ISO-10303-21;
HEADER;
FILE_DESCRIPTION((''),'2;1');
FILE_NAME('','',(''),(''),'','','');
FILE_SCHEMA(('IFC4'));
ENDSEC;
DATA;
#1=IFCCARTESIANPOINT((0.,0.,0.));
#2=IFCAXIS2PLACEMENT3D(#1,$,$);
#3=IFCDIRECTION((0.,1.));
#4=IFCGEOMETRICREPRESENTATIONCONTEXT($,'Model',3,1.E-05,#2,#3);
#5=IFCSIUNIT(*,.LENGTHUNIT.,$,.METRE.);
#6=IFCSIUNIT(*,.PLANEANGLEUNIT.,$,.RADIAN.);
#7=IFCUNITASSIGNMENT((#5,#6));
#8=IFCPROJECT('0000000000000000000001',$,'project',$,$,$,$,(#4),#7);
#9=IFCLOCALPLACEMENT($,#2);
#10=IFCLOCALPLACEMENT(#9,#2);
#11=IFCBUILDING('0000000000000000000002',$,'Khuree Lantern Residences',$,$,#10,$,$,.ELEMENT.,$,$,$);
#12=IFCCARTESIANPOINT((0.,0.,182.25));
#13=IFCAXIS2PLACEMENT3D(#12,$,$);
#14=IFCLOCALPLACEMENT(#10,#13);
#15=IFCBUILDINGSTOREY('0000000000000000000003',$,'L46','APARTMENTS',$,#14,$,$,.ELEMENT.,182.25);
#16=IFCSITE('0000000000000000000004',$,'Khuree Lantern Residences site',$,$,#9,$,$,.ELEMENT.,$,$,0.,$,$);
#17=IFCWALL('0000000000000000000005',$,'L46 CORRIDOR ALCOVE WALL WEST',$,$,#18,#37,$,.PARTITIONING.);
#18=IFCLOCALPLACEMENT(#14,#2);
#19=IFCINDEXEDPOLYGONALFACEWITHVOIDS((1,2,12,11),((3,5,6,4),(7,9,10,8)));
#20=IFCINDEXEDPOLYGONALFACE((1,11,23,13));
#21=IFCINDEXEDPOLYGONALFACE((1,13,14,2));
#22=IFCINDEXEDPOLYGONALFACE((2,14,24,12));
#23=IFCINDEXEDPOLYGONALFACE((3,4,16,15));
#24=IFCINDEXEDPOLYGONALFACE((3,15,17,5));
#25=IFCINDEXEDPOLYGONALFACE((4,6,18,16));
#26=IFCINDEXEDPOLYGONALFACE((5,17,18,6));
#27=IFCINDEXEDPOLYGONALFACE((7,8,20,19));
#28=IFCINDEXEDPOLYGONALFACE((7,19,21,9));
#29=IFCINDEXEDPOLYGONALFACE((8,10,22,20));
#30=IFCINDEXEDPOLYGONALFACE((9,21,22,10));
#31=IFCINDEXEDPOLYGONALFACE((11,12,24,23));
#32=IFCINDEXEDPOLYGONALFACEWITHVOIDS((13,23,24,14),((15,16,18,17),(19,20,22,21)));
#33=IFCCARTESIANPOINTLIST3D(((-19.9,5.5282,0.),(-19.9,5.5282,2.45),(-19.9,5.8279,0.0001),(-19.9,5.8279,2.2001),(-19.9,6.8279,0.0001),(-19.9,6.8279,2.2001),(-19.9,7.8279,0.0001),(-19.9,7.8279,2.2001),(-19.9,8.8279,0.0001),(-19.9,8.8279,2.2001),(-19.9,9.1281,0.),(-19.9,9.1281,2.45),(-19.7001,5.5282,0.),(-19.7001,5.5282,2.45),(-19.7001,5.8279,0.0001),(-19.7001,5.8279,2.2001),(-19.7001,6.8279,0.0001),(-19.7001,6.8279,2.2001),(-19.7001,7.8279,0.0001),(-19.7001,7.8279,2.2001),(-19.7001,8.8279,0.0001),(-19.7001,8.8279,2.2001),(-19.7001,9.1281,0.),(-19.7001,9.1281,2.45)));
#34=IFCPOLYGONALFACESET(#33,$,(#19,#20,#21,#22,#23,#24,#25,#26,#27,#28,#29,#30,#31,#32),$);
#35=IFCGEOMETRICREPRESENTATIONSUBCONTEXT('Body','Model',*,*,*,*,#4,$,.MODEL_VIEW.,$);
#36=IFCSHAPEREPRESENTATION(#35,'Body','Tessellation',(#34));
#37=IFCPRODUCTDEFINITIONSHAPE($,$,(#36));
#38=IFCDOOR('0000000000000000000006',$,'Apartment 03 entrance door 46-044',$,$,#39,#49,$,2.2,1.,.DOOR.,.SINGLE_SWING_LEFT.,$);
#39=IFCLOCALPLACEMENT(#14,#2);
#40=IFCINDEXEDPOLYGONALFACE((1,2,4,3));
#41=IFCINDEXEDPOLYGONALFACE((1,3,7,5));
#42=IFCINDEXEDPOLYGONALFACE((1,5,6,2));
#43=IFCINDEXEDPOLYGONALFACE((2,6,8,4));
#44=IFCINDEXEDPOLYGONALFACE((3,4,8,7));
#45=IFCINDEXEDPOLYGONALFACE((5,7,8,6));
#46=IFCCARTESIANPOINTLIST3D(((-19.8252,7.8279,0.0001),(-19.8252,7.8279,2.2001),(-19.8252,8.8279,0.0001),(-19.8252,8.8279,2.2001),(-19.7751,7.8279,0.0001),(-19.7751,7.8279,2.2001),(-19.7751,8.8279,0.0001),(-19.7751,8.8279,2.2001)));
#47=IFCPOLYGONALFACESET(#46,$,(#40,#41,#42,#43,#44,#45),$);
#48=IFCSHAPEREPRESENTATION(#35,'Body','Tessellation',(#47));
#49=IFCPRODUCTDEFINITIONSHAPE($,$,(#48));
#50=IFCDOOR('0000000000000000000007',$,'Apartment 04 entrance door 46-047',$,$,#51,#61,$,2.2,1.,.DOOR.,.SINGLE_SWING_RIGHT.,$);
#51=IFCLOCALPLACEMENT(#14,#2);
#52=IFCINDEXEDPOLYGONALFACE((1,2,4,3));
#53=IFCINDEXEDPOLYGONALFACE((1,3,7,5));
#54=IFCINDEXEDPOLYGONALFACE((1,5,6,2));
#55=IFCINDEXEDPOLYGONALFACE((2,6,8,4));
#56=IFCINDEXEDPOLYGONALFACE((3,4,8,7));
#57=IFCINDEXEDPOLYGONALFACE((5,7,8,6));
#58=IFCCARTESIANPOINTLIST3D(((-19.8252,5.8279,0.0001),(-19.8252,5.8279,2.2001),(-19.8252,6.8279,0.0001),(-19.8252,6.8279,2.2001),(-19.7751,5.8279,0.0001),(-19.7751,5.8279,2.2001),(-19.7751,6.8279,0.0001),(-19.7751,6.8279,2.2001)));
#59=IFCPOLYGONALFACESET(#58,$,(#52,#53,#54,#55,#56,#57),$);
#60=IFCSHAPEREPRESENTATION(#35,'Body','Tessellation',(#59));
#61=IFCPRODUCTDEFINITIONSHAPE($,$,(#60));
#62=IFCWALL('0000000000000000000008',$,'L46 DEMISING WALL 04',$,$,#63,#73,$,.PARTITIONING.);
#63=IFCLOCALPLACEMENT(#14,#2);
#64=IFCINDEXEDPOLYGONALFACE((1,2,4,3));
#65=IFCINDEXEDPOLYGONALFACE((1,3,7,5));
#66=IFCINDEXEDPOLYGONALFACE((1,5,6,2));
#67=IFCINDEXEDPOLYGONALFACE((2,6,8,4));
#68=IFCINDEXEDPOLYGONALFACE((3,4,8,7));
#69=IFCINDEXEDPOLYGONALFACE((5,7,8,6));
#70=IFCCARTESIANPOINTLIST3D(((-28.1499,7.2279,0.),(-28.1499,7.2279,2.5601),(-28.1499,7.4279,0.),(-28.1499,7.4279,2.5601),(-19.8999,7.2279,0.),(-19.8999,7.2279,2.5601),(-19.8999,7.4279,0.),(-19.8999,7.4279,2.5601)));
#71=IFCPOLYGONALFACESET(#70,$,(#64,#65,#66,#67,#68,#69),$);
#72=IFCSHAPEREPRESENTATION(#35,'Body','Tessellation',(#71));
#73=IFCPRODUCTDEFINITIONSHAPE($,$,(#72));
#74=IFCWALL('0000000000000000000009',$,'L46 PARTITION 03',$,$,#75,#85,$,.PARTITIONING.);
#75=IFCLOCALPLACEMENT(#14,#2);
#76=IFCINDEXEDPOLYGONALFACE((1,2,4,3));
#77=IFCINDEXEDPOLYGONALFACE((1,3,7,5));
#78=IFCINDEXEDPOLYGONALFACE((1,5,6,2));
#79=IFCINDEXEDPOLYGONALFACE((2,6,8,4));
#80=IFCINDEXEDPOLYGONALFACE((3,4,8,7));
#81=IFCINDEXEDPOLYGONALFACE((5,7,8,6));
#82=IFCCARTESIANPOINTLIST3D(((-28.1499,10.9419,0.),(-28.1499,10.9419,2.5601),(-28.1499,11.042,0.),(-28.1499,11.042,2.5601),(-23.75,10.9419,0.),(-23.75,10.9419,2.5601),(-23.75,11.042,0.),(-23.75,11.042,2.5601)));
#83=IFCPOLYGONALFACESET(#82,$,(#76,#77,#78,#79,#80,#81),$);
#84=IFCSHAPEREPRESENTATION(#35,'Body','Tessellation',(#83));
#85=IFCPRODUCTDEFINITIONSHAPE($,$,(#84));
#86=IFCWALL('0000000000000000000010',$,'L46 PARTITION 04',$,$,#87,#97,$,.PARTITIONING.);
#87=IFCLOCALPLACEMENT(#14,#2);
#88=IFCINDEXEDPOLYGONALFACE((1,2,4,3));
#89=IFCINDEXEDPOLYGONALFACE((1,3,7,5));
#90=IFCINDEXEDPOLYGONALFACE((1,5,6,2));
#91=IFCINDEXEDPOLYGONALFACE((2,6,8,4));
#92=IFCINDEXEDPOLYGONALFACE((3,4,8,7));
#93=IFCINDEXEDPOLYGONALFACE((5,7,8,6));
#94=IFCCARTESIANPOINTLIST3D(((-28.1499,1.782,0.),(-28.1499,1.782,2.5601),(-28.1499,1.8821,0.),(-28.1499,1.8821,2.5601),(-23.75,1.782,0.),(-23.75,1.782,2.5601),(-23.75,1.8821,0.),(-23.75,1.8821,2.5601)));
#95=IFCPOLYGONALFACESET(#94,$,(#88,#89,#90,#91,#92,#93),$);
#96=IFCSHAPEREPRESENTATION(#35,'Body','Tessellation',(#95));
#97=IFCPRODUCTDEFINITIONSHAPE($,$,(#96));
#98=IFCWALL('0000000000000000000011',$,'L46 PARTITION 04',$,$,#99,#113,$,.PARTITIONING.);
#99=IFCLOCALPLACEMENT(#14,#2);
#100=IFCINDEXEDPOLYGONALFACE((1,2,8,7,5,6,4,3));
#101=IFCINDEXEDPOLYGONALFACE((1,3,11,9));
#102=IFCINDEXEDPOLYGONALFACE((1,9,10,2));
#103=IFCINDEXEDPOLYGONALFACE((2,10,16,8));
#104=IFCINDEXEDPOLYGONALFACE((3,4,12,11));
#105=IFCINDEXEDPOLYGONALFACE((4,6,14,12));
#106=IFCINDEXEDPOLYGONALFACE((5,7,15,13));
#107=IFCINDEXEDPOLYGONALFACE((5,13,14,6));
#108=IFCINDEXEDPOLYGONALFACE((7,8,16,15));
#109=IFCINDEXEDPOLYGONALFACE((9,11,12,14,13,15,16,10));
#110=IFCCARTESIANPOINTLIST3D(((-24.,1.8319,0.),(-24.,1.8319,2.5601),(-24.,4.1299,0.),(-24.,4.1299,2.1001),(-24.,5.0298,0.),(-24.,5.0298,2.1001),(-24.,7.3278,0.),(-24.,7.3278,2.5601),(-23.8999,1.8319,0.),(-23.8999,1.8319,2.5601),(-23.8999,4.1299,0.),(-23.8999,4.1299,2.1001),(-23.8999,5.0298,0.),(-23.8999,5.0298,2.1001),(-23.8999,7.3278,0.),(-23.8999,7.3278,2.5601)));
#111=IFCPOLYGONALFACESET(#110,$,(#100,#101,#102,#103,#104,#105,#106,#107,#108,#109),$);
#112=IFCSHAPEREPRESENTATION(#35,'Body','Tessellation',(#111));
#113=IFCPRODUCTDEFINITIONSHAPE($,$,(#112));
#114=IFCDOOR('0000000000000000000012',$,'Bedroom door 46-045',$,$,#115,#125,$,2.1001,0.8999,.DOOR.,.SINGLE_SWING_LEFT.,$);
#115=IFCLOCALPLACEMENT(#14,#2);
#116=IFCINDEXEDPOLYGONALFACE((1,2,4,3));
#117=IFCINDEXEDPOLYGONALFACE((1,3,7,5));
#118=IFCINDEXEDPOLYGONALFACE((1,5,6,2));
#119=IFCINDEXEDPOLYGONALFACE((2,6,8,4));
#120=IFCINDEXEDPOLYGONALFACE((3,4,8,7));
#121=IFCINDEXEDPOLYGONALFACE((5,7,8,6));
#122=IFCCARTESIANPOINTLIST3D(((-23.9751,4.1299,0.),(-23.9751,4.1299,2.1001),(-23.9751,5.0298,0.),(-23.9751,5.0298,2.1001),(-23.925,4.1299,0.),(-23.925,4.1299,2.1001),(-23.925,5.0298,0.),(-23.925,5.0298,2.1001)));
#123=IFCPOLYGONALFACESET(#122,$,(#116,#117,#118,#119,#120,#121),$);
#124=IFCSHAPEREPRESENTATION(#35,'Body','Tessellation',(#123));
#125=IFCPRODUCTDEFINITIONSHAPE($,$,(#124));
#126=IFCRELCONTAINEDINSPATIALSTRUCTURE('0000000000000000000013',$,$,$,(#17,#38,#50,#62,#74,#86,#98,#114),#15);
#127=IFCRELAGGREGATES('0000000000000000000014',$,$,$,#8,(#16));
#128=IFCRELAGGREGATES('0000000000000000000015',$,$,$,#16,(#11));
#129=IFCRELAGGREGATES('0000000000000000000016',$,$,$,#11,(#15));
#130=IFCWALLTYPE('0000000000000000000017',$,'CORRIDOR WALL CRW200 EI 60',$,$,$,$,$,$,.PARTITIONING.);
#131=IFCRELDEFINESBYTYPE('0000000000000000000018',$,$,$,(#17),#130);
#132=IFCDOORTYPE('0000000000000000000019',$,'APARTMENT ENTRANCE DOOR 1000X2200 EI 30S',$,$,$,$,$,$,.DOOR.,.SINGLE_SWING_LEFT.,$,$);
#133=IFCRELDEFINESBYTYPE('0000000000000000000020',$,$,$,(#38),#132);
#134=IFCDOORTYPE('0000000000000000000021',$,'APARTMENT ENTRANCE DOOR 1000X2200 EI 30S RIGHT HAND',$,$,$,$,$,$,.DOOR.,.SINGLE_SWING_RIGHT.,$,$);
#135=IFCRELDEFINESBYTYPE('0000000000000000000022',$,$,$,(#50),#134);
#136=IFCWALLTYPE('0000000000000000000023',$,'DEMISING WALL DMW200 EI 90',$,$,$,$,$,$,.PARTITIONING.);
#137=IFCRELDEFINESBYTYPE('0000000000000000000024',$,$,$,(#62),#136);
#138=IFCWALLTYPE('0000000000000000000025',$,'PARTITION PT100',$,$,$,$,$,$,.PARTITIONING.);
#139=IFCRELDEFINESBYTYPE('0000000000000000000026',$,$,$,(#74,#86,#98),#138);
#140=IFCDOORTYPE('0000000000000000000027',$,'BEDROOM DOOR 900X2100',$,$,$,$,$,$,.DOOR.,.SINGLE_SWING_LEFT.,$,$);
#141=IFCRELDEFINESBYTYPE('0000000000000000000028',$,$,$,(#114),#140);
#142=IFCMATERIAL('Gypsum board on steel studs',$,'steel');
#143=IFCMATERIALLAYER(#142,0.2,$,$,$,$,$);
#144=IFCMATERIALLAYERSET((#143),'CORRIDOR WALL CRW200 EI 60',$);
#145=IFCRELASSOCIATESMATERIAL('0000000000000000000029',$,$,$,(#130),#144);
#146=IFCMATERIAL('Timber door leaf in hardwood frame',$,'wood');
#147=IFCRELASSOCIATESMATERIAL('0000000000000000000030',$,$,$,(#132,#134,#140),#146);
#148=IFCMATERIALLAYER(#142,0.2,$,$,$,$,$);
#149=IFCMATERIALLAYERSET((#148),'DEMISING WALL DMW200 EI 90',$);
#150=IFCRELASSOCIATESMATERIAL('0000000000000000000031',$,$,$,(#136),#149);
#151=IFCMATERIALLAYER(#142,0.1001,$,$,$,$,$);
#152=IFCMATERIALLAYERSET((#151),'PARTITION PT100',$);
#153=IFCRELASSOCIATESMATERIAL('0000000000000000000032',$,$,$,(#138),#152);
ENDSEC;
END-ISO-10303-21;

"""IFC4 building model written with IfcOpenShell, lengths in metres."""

from ifc_helpers import new_model, si_unit, direction, frame, frame_2d, origin, place, context, subcontext, project, spatial, rectangle, extrude, material, layer, layer_set, type_object, element, fill, save


model = new_model("IFC4")

# Units and contexts
model_context = context("Model", 3, precision=1e-05, world=origin(), true_north=direction((0.0, 1.0)))
body_context = subcontext(model_context, "Body", "Model", "MODEL_VIEW")
ifc_project = project(units=[si_unit("LENGTHUNIT", "METRE"), si_unit("PLANEANGLEUNIT", "RADIAN")], contexts=[model_context])

# Site, building, storey
site_placement = place(None, origin())
site = spatial("IfcSite", under=ifc_project, at=site_placement, Name="Khuree Lantern Residences site", CompositionType="ELEMENT", RefElevation=0.0)
building_placement = place(site_placement, origin())
building = spatial("IfcBuilding", under=site, at=building_placement, Name="Khuree Lantern Residences", CompositionType="ELEMENT")
storey_placement = place(building_placement, frame((0.0, 0.0, 182.25)))
storey = spatial("IfcBuildingStorey", under=building, at=storey_placement, Name="L46", Description="APARTMENTS", CompositionType="ELEMENT", Elevation=182.25)

# Shared definitions
ifc_material_1 = material(Name="Timber door leaf in hardwood frame", Category="wood")

# Wall, openings, doors
ifc_material_2 = material(Name="Gypsum board on steel studs", Category="steel")
ifc_layer_1 = layer(ifc_material_2, 0.2)
ifc_layer_set_1 = layer_set([ifc_layer_1], Name="CORRIDOR WALL CRW200 EI 60")
wall_type_1 = type_object("IfcWallType", Name="CORRIDOR WALL CRW200 EI 60", PredefinedType="PARTITIONING", material=ifc_layer_set_1)
wall_1_placement = place(storey_placement, frame((-19.8, 9.1279, 0.0), z_axis=(0.0, 0.0, 1.0), x_axis=(0.0, -1.0, 0.0)))
wall_1 = element("IfcWall", 1, at=wall_1_placement, inside=storey, type_object=wall_type_1, Name="L46 CORRIDOR ALCOVE WALL WEST", PredefinedType="PARTITIONING", context=body_context, shape_type="SweptSolid", body=[
    extrude(rectangle(XDim=3.5999, YDim=0.2, at=frame_2d((1.7998, 0.0))), origin(), (0.0, 0.0, 1.0), 2.45),
])
opening_1_placement = place(wall_1_placement, frame((0.3, 0.0, 0.0)))
opening_1 = element("IfcOpeningElement", 2, at=opening_1_placement, cuts=wall_1, PredefinedType="OPENING", context=body_context, shape_type="SweptSolid", body=[
    extrude(rectangle(XDim=1.0, YDim=2.2, at=frame_2d((0.5, 1.1001))), frame((0.0, 0.1099, 0.0), z_axis=(0.0, -1.0, 0.0), x_axis=(1.0, 0.0, 0.0)), (0.0, 0.0, 1.0), 0.22),
])
opening_2_placement = place(wall_1_placement, frame((2.3, 0.0, 0.0)))
opening_2 = element("IfcOpeningElement", 3, at=opening_2_placement, cuts=wall_1, PredefinedType="OPENING", context=body_context, shape_type="SweptSolid", body=[
    extrude(rectangle(XDim=1.0, YDim=2.2, at=frame_2d((0.5, 1.1001))), frame((0.0, 0.1099, 0.0), z_axis=(0.0, -1.0, 0.0), x_axis=(1.0, 0.0, 0.0)), (0.0, 0.0, 1.0), 0.22),
])
door_type_1 = type_object("IfcDoorType", Name="APARTMENT ENTRANCE DOOR 1000X2200 EI 30S", OperationType="SINGLE_SWING_LEFT", PredefinedType="DOOR", material=ifc_material_1)
door_1_placement = place(opening_1_placement, origin())
door_1 = element("IfcDoor", 4, at=door_1_placement, inside=storey, type_object=door_type_1, Name="Apartment 03 entrance door 46-044", OperationType="SINGLE_SWING_LEFT", OverallHeight=2.2, OverallWidth=1.0, PredefinedType="DOOR", context=body_context, shape_type="SweptSolid", body=[
    extrude(rectangle(XDim=1.0, YDim=2.2, at=frame_2d((0.5, 1.1001))), frame((0.0, 0.0249, 0.0), z_axis=(0.0, -1.0, 0.0), x_axis=(1.0, 0.0, 0.0)), (0.0, 0.0, 1.0), 0.05),
])
fill(opening_1, door_1)
door_type_2 = type_object("IfcDoorType", Name="APARTMENT ENTRANCE DOOR 1000X2200 EI 30S RIGHT HAND", OperationType="SINGLE_SWING_RIGHT", PredefinedType="DOOR", material=ifc_material_1)
door_2_placement = place(opening_2_placement, origin())
door_2 = element("IfcDoor", 5, at=door_2_placement, inside=storey, type_object=door_type_2, Name="Apartment 04 entrance door 46-047", OperationType="SINGLE_SWING_RIGHT", OverallHeight=2.2, OverallWidth=1.0, PredefinedType="DOOR", context=body_context, shape_type="SweptSolid", body=[
    extrude(rectangle(XDim=1.0, YDim=2.2, at=frame_2d((0.5, 1.1001))), frame((0.0, 0.0249, 0.0), z_axis=(0.0, -1.0, 0.0), x_axis=(1.0, 0.0, 0.0)), (0.0, 0.0, 1.0), 0.05),
])
fill(opening_2, door_2)

# Walls
ifc_layer_2 = layer(ifc_material_2, 0.2)
ifc_layer_set_2 = layer_set([ifc_layer_2], Name="DEMISING WALL DMW200 EI 90")
wall_type_2 = type_object("IfcWallType", Name="DEMISING WALL DMW200 EI 90", PredefinedType="PARTITIONING", material=ifc_layer_set_2)
wall_2_placement = place(storey_placement, frame((-19.8999, 7.3279, 0.0), z_axis=(0.0, 0.0, 1.0), x_axis=(-1.0, 0.0, 0.0)))
element("IfcWall", 6, at=wall_2_placement, inside=storey, type_object=wall_type_2, Name="L46 DEMISING WALL 04", PredefinedType="PARTITIONING", context=body_context, shape_type="SweptSolid", body=[
    extrude(rectangle(XDim=8.25, YDim=0.2, at=frame_2d((4.125, 0.0))), origin(), (0.0, 0.0, 1.0), 2.5601),
])
ifc_layer_3 = layer(ifc_material_2, 0.1001)
ifc_layer_set_3 = layer_set([ifc_layer_3], Name="PARTITION PT100")
wall_type_3 = type_object("IfcWallType", Name="PARTITION PT100", PredefinedType="PARTITIONING", material=ifc_layer_set_3)
for number, where, z_axis, x_axis, name in (
    (7, (-23.75, 10.9919, 0.0), (0.0, 0.0, 1.0), (-1.0, 0.0, 0.0), "L46 PARTITION 03"),
    (8, (-23.75, 1.832, 0.0), (0.0, 0.0, 1.0), (-1.0, 0.0, 0.0), "L46 PARTITION 04"),
):
    element("IfcWall", number, at=place(storey_placement, frame(where, z_axis=z_axis, x_axis=x_axis)), inside=storey, type_object=wall_type_3, Name=name, PredefinedType="PARTITIONING", context=body_context, shape_type="SweptSolid", body=[
        extrude(rectangle(XDim=4.3999, YDim=0.1001, at=frame_2d((2.2, 0.0))), origin(), (0.0, 0.0, 1.0), 2.5601),
    ])

# Wall, opening, door
wall_3_placement = place(storey_placement, frame((-23.95, 7.3279, 0.0), z_axis=(0.0, 0.0, 1.0), x_axis=(0.0, -1.0, 0.0)))
wall_3 = element("IfcWall", 9, at=wall_3_placement, inside=storey, type_object=wall_type_3, Name="L46 PARTITION 04", PredefinedType="PARTITIONING", context=body_context, shape_type="SweptSolid", body=[
    extrude(rectangle(XDim=5.4958, YDim=0.1001, at=frame_2d((2.748, 0.0))), origin(), (0.0, 0.0, 1.0), 2.5601),
])
opening_3_placement = place(wall_3_placement, frame((2.2981, 0.0, 0.0)))
opening_3 = element("IfcOpeningElement", 10, at=opening_3_placement, cuts=wall_3, PredefinedType="OPENING", context=body_context, shape_type="SweptSolid", body=[
    extrude(rectangle(XDim=0.8999, YDim=2.1001, at=frame_2d((0.45, 1.05))), frame((0.0, 0.0601, 0.0), z_axis=(0.0, -1.0, 0.0), x_axis=(1.0, 0.0, 0.0)), (0.0, 0.0, 1.0), 0.1201),
])
door_type_3 = type_object("IfcDoorType", Name="BEDROOM DOOR 900X2100", OperationType="SINGLE_SWING_LEFT", PredefinedType="DOOR", material=ifc_material_1)
door_3_placement = place(opening_3_placement, origin())
door_3 = element("IfcDoor", 11, at=door_3_placement, inside=storey, type_object=door_type_3, Name="Bedroom door 46-045", OperationType="SINGLE_SWING_LEFT", OverallHeight=2.1001, OverallWidth=0.8999, PredefinedType="DOOR", context=body_context, shape_type="SweptSolid", body=[
    extrude(rectangle(XDim=0.8999, YDim=2.1001, at=frame_2d((0.45, 1.05))), frame((0.0, 0.0249, 0.0), z_axis=(0.0, -1.0, 0.0), x_axis=(1.0, 0.0, 0.0)), (0.0, 0.0, 1.0), 0.05),
])
fill(opening_3, door_3)

save(model, "model.ifc")
